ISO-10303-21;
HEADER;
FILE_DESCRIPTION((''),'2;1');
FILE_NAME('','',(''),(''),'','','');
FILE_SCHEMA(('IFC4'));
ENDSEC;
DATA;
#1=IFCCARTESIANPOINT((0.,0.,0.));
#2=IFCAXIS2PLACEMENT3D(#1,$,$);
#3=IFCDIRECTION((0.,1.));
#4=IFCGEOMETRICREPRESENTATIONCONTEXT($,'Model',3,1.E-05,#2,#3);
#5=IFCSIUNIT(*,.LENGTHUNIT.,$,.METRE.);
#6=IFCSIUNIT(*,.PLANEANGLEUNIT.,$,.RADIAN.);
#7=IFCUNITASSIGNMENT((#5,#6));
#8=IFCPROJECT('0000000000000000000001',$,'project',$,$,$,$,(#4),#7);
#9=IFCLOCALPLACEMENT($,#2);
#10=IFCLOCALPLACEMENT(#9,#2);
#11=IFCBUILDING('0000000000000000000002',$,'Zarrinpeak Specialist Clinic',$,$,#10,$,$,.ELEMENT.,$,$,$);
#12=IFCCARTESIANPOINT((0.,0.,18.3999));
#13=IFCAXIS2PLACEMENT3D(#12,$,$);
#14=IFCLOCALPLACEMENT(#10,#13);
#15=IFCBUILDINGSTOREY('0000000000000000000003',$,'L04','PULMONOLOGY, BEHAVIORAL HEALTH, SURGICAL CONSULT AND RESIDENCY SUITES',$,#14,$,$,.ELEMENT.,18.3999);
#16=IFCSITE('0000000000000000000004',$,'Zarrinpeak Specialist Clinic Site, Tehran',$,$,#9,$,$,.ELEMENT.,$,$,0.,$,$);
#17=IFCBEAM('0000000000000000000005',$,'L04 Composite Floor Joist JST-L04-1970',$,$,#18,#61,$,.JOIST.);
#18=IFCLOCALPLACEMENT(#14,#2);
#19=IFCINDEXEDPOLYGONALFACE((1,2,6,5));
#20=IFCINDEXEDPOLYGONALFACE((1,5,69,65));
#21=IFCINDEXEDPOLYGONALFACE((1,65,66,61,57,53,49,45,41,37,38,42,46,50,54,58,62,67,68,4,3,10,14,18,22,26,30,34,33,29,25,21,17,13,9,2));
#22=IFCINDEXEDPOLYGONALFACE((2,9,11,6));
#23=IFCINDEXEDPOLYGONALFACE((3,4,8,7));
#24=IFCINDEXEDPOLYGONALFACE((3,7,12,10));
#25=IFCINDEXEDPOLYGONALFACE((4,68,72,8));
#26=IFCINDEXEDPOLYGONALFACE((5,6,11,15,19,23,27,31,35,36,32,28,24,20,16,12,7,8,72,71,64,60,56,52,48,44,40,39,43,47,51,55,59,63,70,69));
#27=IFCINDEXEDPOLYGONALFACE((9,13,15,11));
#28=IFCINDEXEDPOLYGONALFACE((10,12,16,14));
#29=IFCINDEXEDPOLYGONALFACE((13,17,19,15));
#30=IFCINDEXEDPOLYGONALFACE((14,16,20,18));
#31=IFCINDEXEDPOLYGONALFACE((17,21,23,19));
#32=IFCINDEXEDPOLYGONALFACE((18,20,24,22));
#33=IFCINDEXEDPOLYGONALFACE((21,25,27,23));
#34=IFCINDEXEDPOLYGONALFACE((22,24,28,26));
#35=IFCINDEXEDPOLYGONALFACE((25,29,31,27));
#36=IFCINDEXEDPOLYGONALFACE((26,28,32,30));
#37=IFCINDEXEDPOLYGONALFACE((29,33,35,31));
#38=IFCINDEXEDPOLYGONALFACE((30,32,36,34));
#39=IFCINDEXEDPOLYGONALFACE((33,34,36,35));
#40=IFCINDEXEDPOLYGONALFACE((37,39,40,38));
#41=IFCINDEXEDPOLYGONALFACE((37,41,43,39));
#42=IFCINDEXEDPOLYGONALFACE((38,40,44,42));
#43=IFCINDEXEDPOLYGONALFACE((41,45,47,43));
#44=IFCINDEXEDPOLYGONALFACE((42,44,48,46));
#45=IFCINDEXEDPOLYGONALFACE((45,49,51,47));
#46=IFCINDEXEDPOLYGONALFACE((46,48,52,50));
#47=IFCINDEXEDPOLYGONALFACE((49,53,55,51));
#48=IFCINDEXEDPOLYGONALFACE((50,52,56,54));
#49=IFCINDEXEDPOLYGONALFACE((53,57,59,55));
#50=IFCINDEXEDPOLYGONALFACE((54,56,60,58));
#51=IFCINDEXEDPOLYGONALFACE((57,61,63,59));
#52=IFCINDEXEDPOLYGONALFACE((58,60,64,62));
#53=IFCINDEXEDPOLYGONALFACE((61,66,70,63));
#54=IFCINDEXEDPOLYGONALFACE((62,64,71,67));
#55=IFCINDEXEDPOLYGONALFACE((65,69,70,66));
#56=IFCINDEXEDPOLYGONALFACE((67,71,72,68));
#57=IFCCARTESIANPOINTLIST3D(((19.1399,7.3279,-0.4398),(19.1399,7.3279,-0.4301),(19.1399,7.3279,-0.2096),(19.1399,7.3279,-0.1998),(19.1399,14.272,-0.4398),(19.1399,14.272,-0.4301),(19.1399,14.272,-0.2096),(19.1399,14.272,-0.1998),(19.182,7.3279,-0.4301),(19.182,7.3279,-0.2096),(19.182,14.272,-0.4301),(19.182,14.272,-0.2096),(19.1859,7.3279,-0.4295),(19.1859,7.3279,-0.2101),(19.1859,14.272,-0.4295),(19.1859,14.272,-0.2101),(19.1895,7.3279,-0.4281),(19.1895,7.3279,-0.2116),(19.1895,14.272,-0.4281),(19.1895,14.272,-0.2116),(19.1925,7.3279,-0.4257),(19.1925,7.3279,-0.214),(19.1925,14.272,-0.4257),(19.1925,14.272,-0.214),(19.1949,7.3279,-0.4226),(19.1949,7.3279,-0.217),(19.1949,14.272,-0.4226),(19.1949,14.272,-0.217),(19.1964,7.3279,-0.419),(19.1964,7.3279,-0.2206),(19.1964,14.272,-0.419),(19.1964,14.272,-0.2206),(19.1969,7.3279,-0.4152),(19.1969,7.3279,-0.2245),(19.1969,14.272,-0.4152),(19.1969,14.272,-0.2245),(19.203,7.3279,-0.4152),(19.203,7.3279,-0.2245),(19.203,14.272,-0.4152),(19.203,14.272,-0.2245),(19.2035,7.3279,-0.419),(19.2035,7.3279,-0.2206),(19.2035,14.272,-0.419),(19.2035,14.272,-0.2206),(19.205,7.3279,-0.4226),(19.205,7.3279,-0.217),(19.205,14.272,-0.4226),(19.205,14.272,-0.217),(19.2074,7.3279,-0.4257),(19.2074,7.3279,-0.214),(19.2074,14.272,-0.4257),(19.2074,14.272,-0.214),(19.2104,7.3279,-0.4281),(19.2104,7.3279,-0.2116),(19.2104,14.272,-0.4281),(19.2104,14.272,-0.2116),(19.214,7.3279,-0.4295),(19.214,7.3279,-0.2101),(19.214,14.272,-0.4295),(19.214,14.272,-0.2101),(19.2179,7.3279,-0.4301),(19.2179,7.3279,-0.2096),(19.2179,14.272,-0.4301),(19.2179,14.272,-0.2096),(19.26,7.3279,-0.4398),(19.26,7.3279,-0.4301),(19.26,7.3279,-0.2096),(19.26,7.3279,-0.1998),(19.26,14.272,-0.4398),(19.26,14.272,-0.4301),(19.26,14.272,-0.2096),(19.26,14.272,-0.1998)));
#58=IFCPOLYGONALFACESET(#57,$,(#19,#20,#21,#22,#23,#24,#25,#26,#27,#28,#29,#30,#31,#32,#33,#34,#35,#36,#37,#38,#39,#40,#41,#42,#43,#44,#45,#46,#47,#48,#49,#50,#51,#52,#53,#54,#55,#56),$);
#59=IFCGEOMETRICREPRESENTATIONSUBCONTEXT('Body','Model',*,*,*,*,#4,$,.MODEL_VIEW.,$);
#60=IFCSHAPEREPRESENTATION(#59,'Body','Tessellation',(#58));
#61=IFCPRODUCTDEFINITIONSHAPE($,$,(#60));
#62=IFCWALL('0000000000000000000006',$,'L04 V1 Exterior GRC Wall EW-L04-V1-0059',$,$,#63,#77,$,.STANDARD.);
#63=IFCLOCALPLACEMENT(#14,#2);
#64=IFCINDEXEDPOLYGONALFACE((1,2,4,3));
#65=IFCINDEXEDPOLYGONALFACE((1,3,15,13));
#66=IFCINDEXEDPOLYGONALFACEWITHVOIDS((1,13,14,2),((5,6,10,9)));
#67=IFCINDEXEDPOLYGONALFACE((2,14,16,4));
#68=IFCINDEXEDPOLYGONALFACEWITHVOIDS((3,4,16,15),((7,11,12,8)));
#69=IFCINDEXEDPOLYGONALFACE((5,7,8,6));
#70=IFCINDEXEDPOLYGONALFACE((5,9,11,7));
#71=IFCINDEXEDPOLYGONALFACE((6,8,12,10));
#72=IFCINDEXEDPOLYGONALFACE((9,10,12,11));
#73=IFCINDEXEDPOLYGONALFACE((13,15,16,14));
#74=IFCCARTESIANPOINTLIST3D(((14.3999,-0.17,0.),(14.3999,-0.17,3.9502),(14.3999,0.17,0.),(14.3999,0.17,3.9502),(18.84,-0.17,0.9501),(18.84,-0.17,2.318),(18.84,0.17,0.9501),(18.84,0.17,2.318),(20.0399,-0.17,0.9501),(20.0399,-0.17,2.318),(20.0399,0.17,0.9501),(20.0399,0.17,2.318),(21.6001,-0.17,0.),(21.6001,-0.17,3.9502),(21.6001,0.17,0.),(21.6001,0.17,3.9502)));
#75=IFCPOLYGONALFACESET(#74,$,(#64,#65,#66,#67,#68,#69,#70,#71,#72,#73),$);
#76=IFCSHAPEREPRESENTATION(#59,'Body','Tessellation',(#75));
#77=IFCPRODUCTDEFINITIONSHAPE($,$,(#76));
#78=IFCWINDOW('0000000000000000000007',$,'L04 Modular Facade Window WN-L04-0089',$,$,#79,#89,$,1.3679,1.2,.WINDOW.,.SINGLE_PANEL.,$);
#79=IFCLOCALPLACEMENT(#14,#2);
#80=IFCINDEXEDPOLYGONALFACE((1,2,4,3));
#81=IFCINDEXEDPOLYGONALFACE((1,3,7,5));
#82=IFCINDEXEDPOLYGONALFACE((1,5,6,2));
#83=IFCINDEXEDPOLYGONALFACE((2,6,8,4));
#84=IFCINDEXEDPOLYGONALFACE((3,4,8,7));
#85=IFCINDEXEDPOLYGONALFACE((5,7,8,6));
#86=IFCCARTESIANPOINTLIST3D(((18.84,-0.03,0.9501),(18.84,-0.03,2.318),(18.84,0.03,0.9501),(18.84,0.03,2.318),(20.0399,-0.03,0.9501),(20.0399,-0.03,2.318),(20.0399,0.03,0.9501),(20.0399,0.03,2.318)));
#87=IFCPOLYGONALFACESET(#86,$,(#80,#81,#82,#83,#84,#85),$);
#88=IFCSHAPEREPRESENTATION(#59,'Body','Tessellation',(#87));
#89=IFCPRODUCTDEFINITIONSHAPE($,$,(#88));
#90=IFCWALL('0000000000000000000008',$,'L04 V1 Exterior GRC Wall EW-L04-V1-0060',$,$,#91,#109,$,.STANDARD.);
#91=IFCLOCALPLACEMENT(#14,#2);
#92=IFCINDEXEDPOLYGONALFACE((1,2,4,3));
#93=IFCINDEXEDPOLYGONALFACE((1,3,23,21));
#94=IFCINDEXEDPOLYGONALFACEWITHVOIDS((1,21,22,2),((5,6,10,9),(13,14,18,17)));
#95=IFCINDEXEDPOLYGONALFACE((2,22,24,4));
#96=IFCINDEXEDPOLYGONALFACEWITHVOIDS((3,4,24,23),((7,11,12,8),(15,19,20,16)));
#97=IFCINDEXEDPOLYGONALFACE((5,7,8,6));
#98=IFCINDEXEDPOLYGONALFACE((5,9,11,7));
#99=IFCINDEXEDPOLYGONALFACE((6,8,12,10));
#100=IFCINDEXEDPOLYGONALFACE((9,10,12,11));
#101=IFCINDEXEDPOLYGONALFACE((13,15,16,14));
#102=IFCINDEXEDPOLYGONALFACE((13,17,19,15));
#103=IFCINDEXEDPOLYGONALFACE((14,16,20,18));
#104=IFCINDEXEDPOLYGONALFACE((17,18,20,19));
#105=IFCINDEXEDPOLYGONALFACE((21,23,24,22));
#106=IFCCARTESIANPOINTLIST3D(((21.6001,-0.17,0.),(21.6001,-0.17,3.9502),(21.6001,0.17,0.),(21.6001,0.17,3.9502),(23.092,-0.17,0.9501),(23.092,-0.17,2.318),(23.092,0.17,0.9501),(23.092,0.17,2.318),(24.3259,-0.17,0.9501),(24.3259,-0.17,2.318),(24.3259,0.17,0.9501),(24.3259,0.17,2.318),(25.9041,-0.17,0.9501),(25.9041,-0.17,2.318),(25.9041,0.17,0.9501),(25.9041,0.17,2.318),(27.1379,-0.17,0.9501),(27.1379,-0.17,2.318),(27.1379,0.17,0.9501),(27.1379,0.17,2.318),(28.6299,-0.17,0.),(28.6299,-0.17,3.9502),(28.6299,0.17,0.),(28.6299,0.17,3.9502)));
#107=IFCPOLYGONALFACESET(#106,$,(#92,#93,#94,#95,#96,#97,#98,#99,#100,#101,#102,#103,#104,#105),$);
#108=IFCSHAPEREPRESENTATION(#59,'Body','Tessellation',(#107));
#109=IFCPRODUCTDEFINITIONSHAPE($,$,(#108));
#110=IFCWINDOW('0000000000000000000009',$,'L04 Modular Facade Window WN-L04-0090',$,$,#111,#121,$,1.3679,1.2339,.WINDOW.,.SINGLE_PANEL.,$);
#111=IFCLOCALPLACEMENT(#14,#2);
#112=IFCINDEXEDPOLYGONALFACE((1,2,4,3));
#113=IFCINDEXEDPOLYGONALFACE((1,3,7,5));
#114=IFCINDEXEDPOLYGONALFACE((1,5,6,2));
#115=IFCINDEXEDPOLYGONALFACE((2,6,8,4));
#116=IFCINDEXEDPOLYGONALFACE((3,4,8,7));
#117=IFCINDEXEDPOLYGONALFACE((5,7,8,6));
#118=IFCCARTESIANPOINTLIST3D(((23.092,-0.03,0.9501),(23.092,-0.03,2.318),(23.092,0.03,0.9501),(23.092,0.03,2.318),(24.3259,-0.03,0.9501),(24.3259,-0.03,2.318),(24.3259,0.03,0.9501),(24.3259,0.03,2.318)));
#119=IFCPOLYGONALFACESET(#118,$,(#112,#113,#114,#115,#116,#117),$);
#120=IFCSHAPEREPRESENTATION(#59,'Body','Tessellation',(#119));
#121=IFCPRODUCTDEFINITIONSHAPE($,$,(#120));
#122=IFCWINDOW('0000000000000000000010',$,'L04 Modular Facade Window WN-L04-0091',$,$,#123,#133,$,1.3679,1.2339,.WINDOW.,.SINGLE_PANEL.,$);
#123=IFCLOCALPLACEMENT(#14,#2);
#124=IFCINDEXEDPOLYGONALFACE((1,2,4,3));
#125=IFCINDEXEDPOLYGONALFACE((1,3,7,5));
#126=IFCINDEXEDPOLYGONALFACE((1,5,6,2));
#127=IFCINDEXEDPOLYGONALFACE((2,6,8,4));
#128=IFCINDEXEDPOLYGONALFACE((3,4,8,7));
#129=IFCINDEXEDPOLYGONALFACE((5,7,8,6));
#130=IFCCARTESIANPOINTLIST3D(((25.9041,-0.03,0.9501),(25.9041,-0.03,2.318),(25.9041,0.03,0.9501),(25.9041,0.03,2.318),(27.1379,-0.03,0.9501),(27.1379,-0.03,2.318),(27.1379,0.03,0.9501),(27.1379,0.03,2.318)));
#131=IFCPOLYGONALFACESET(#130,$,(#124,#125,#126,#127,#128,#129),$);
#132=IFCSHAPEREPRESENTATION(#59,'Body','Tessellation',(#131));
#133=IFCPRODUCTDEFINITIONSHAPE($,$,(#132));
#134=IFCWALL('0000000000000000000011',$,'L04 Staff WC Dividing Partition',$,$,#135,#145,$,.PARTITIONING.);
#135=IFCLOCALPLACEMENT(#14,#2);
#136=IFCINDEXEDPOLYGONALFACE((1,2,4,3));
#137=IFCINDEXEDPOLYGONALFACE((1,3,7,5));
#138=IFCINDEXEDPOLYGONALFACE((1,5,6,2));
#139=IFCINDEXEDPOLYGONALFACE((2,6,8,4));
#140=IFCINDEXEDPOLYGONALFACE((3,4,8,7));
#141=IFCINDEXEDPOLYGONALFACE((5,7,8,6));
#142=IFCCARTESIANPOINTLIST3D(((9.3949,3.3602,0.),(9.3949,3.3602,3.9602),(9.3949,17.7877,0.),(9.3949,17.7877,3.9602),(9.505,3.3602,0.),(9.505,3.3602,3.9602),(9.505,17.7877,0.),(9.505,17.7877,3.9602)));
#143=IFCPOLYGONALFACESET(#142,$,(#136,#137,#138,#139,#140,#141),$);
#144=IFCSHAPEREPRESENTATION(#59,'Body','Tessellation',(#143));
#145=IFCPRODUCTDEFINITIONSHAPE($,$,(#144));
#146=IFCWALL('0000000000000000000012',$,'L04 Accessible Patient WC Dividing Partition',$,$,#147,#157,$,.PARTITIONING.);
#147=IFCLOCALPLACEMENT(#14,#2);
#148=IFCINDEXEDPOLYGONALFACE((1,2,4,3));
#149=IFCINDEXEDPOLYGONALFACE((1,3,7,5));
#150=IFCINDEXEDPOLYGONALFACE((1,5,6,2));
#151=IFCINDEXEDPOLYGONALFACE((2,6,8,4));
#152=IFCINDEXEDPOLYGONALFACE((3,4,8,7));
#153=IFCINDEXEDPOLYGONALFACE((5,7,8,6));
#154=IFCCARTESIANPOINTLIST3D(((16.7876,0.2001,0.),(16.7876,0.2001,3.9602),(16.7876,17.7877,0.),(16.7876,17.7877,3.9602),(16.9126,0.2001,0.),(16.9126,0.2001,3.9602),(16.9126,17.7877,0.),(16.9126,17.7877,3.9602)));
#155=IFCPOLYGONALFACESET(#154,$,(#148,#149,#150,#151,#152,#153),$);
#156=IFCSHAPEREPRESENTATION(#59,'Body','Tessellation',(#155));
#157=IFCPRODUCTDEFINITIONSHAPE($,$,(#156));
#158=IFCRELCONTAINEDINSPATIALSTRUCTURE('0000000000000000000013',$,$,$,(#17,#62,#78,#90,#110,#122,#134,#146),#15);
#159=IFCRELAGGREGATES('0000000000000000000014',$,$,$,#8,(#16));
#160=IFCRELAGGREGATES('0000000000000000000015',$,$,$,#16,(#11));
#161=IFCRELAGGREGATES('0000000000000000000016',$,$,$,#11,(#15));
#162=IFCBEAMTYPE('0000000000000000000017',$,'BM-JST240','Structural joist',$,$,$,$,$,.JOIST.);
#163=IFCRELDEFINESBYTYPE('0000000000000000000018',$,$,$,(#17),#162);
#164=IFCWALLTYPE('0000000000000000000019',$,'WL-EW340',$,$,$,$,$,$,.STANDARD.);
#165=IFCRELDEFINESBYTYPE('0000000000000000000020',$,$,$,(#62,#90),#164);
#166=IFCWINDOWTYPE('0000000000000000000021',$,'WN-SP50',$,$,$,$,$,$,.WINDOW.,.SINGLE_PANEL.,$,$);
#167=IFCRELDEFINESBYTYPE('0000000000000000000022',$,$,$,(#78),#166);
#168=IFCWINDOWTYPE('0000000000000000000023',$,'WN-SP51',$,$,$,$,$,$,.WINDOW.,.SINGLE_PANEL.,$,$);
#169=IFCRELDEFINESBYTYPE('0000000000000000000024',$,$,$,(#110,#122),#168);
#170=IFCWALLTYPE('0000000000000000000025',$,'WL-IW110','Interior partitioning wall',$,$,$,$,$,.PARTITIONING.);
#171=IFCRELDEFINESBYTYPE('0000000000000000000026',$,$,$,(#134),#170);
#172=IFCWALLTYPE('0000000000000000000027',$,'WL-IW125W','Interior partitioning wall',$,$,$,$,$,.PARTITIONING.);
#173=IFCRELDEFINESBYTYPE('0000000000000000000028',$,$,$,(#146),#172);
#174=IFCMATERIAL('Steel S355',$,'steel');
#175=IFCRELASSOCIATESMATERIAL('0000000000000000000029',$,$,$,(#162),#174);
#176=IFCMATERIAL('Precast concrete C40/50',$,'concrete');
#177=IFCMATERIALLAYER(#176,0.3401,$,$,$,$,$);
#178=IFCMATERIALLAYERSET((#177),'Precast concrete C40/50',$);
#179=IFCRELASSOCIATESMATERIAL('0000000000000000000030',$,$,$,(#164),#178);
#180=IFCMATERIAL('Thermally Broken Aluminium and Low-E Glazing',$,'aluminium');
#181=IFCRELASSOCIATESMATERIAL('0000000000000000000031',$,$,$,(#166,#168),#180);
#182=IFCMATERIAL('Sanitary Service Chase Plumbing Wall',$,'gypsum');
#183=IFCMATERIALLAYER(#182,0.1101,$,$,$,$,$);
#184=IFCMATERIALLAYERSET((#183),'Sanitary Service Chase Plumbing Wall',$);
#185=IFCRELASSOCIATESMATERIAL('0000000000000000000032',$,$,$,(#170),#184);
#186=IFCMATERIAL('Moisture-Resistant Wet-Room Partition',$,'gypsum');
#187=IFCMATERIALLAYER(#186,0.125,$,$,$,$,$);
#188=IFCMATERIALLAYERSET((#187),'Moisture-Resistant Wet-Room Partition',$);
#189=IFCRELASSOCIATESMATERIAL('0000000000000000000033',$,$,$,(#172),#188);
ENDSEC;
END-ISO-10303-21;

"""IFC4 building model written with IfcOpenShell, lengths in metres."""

from ifc_helpers import new_model, si_unit, direction, frame, frame_2d, origin, origin_2d, place, context, subcontext, project, spatial, rectangle, i_section, extrude, material, layer, layer_set, material_profile, profile_set, type_object, element, fill, save


model = new_model("IFC4")

# Units and contexts
model_context = context("Model", 3, precision=1e-05, world=origin(), true_north=direction((0.0, 1.0)))
body_context = subcontext(model_context, "Body", "Model", "MODEL_VIEW")
ifc_project = project(units=[si_unit("LENGTHUNIT", "METRE"), si_unit("PLANEANGLEUNIT", "RADIAN")], contexts=[model_context])

# Site, building, storey
site_placement = place(None, origin())
site = spatial("IfcSite", under=ifc_project, at=site_placement, Name="Zarrinpeak Specialist Clinic Site, Tehran", CompositionType="ELEMENT", RefElevation=0.0)
building_placement = place(site_placement, origin())
building = spatial("IfcBuilding", under=site, at=building_placement, Name="Zarrinpeak Specialist Clinic", CompositionType="ELEMENT")
storey_placement = place(building_placement, frame((0.0, 0.0, 18.3999)))
storey = spatial("IfcBuildingStorey", under=building, at=storey_placement, Name="L04", Description="PULMONOLOGY, BEHAVIORAL HEALTH, SURGICAL CONSULT AND RESIDENCY SUITES", CompositionType="ELEMENT", Elevation=18.3999)

# Shared definitions
ifc_material_1 = material(Name="Steel S355", Category="steel")

# Beam
ifc_material_profile_1 = material_profile(ifc_material_1, i_section(OverallWidth=0.1201, OverallDepth=0.24, WebThickness=0.0061, FlangeThickness=0.0098, FilletRadius=0.0149, at=origin_2d()), Name="IPE 240")
ifc_profile_set_1 = profile_set([ifc_material_profile_1], Name="Steel S355")
beam_type_1 = type_object("IfcBeamType", Name="BM-JST240", Description="Structural joist", PredefinedType="JOIST", material=ifc_profile_set_1)
for number, where, z_axis, x_axis, name in (
    (1, (19.2, 7.3279, -0.3198), (0.0, 1.0, 0.0), (-1.0, 0.0, 0.0), "L04 Composite Floor Joist JST-L04-1970"),
):
    element("IfcBeam", number, at=place(storey_placement, frame(where, z_axis=z_axis, x_axis=x_axis)), inside=storey, type_object=beam_type_1, Name=name, PredefinedType="JOIST", context=body_context, shape_type="SweptSolid", body=[
        extrude(i_section(OverallWidth=0.1201, OverallDepth=0.24, WebThickness=0.0061, FlangeThickness=0.0098, FilletRadius=0.0149, at=origin_2d()), origin(), (0.0, 0.0, 1.0), 6.9441),
    ])

# Wall, opening, window
ifc_material_2 = material(Name="Precast concrete C40/50", Category="concrete")
ifc_layer_1 = layer(ifc_material_2, 0.3401)
ifc_layer_set_1 = layer_set([ifc_layer_1], Name="Precast concrete C40/50")
wall_type_1 = type_object("IfcWallType", Name="WL-EW340", PredefinedType="STANDARD", material=ifc_layer_set_1)
wall_1_placement = place(storey_placement, frame((14.3999, 0.0, 0.0), z_axis=(0.0, 0.0, 1.0), x_axis=(1.0, 0.0, 0.0)))
wall_1 = element("IfcWall", 2, at=wall_1_placement, inside=storey, type_object=wall_type_1, Name="L04 V1 Exterior GRC Wall EW-L04-V1-0059", PredefinedType="STANDARD", context=body_context, shape_type="SweptSolid", body=[
    extrude(rectangle(XDim=7.2002, YDim=0.3401, at=frame_2d((3.6001, 0.0))), origin(), (0.0, 0.0, 1.0), 3.9502),
])
opening_1_placement = place(wall_1_placement, frame((4.4399, 0.0, 0.95)))
opening_1 = element("IfcOpeningElement", 3, at=opening_1_placement, cuts=wall_1, PredefinedType="OPENING", context=body_context, shape_type="SweptSolid", body=[
    extrude(rectangle(XDim=1.2, YDim=1.3679, at=frame_2d((0.6001, 0.6841))), frame((0.0, 0.1802, 0.0), z_axis=(0.0, -1.0, 0.0), x_axis=(1.0, 0.0, 0.0)), (0.0, 0.0, 1.0), 0.3601),
])
ifc_material_3 = material(Name="Thermally Broken Aluminium and Low-E Glazing", Category="aluminium")
window_type_1 = type_object("IfcWindowType", Name="WN-SP50", PartitioningType="SINGLE_PANEL", PredefinedType="WINDOW", material=ifc_material_3)
window_1_placement = place(opening_1_placement, origin())
window_1 = element("IfcWindow", 4, at=window_1_placement, inside=storey, type_object=window_type_1, Name="L04 Modular Facade Window WN-L04-0089", OverallHeight=1.3679, OverallWidth=1.2, PartitioningType="SINGLE_PANEL", PredefinedType="WINDOW", context=body_context, shape_type="SweptSolid", body=[
    extrude(rectangle(XDim=1.2, YDim=1.3679, at=frame_2d((0.6001, 0.6841))), frame((0.0, 0.03, 0.0), z_axis=(0.0, -1.0, 0.0), x_axis=(1.0, 0.0, 0.0)), (0.0, 0.0, 1.0), 0.0601),
])
fill(opening_1, window_1)

# Wall, openings, windows
wall_2_placement = place(storey_placement, frame((21.6001, 0.0, 0.0), z_axis=(0.0, 0.0, 1.0), x_axis=(1.0, 0.0, 0.0)))
wall_2 = element("IfcWall", 5, at=wall_2_placement, inside=storey, type_object=wall_type_1, Name="L04 V1 Exterior GRC Wall EW-L04-V1-0060", PredefinedType="STANDARD", context=body_context, shape_type="SweptSolid", body=[
    extrude(rectangle(XDim=7.0298, YDim=0.3401, at=frame_2d((3.5149, 0.0))), origin(), (0.0, 0.0, 1.0), 3.9502),
])
opening_2_placement = place(wall_2_placement, frame((1.4919, 0.0, 0.95)))
opening_2 = element("IfcOpeningElement", 6, at=opening_2_placement, cuts=wall_2, PredefinedType="OPENING", context=body_context, shape_type="SweptSolid", body=[
    extrude(rectangle(XDim=1.2339, YDim=1.3679, at=frame_2d((0.6169, 0.6841))), frame((0.0, 0.1802, 0.0), z_axis=(0.0, -1.0, 0.0), x_axis=(1.0, 0.0, 0.0)), (0.0, 0.0, 1.0), 0.3601),
])
opening_3_placement = place(wall_2_placement, frame((4.304, 0.0, 0.95)))
opening_3 = element("IfcOpeningElement", 7, at=opening_3_placement, cuts=wall_2, PredefinedType="OPENING", context=body_context, shape_type="SweptSolid", body=[
    extrude(rectangle(XDim=1.2339, YDim=1.3679, at=frame_2d((0.6169, 0.6841))), frame((0.0, 0.1802, 0.0), z_axis=(0.0, -1.0, 0.0), x_axis=(1.0, 0.0, 0.0)), (0.0, 0.0, 1.0), 0.3601),
])
window_type_2 = type_object("IfcWindowType", Name="WN-SP51", PartitioningType="SINGLE_PANEL", PredefinedType="WINDOW", material=ifc_material_3)
window_2_placement = place(opening_2_placement, origin())
window_2 = element("IfcWindow", 8, at=window_2_placement, inside=storey, type_object=window_type_2, Name="L04 Modular Facade Window WN-L04-0090", OverallHeight=1.3679, OverallWidth=1.2339, PartitioningType="SINGLE_PANEL", PredefinedType="WINDOW", context=body_context, shape_type="SweptSolid", body=[
    extrude(rectangle(XDim=1.2339, YDim=1.3679, at=frame_2d((0.6169, 0.6841))), frame((0.0, 0.03, 0.0), z_axis=(0.0, -1.0, 0.0), x_axis=(1.0, 0.0, 0.0)), (0.0, 0.0, 1.0), 0.0601),
])
fill(opening_2, window_2)
window_3_placement = place(opening_3_placement, origin())
window_3 = element("IfcWindow", 9, at=window_3_placement, inside=storey, type_object=window_type_2, Name="L04 Modular Facade Window WN-L04-0091", OverallHeight=1.3679, OverallWidth=1.2339, PartitioningType="SINGLE_PANEL", PredefinedType="WINDOW", context=body_context, shape_type="SweptSolid", body=[
    extrude(rectangle(XDim=1.2339, YDim=1.3679, at=frame_2d((0.6169, 0.6841))), frame((0.0, 0.03, 0.0), z_axis=(0.0, -1.0, 0.0), x_axis=(1.0, 0.0, 0.0)), (0.0, 0.0, 1.0), 0.0601),
])
fill(opening_3, window_3)

# Walls
ifc_material_4 = material(Name="Sanitary Service Chase Plumbing Wall", Category="gypsum")
ifc_layer_2 = layer(ifc_material_4, 0.1101)
ifc_layer_set_2 = layer_set([ifc_layer_2], Name="Sanitary Service Chase Plumbing Wall")
wall_type_2 = type_object("IfcWallType", Name="WL-IW110", Description="Interior partitioning wall", PredefinedType="PARTITIONING", material=ifc_layer_set_2)
wall_3_placement = place(storey_placement, frame((9.45, 3.3601, 0.0), z_axis=(0.0, 0.0, 1.0), x_axis=(0.0, 1.0, 0.0)))
element("IfcWall", 10, at=wall_3_placement, inside=storey, type_object=wall_type_2, Name="L04 Staff WC Dividing Partition", PredefinedType="PARTITIONING", context=body_context, shape_type="SweptSolid", body=[
    extrude(rectangle(XDim=14.4275, YDim=0.1101, at=frame_2d((7.2139, 0.0))), origin(), (0.0, 0.0, 1.0), 3.9602),
])
ifc_material_5 = material(Name="Moisture-Resistant Wet-Room Partition", Category="gypsum")
ifc_layer_3 = layer(ifc_material_5, 0.125)
ifc_layer_set_3 = layer_set([ifc_layer_3], Name="Moisture-Resistant Wet-Room Partition")
wall_type_3 = type_object("IfcWallType", Name="WL-IW125W", Description="Interior partitioning wall", PredefinedType="PARTITIONING", material=ifc_layer_set_3)
wall_4_placement = place(storey_placement, frame((16.8501, 0.2, 0.0), z_axis=(0.0, 0.0, 1.0), x_axis=(0.0, 1.0, 0.0)))
element("IfcWall", 11, at=wall_4_placement, inside=storey, type_object=wall_type_3, Name="L04 Accessible Patient WC Dividing Partition", PredefinedType="PARTITIONING", context=body_context, shape_type="SweptSolid", body=[
    extrude(rectangle(XDim=17.5876, YDim=0.125, at=frame_2d((8.7939, 0.0))), origin(), (0.0, 0.0, 1.0), 3.9602),
])

save(model, "model.ifc")
